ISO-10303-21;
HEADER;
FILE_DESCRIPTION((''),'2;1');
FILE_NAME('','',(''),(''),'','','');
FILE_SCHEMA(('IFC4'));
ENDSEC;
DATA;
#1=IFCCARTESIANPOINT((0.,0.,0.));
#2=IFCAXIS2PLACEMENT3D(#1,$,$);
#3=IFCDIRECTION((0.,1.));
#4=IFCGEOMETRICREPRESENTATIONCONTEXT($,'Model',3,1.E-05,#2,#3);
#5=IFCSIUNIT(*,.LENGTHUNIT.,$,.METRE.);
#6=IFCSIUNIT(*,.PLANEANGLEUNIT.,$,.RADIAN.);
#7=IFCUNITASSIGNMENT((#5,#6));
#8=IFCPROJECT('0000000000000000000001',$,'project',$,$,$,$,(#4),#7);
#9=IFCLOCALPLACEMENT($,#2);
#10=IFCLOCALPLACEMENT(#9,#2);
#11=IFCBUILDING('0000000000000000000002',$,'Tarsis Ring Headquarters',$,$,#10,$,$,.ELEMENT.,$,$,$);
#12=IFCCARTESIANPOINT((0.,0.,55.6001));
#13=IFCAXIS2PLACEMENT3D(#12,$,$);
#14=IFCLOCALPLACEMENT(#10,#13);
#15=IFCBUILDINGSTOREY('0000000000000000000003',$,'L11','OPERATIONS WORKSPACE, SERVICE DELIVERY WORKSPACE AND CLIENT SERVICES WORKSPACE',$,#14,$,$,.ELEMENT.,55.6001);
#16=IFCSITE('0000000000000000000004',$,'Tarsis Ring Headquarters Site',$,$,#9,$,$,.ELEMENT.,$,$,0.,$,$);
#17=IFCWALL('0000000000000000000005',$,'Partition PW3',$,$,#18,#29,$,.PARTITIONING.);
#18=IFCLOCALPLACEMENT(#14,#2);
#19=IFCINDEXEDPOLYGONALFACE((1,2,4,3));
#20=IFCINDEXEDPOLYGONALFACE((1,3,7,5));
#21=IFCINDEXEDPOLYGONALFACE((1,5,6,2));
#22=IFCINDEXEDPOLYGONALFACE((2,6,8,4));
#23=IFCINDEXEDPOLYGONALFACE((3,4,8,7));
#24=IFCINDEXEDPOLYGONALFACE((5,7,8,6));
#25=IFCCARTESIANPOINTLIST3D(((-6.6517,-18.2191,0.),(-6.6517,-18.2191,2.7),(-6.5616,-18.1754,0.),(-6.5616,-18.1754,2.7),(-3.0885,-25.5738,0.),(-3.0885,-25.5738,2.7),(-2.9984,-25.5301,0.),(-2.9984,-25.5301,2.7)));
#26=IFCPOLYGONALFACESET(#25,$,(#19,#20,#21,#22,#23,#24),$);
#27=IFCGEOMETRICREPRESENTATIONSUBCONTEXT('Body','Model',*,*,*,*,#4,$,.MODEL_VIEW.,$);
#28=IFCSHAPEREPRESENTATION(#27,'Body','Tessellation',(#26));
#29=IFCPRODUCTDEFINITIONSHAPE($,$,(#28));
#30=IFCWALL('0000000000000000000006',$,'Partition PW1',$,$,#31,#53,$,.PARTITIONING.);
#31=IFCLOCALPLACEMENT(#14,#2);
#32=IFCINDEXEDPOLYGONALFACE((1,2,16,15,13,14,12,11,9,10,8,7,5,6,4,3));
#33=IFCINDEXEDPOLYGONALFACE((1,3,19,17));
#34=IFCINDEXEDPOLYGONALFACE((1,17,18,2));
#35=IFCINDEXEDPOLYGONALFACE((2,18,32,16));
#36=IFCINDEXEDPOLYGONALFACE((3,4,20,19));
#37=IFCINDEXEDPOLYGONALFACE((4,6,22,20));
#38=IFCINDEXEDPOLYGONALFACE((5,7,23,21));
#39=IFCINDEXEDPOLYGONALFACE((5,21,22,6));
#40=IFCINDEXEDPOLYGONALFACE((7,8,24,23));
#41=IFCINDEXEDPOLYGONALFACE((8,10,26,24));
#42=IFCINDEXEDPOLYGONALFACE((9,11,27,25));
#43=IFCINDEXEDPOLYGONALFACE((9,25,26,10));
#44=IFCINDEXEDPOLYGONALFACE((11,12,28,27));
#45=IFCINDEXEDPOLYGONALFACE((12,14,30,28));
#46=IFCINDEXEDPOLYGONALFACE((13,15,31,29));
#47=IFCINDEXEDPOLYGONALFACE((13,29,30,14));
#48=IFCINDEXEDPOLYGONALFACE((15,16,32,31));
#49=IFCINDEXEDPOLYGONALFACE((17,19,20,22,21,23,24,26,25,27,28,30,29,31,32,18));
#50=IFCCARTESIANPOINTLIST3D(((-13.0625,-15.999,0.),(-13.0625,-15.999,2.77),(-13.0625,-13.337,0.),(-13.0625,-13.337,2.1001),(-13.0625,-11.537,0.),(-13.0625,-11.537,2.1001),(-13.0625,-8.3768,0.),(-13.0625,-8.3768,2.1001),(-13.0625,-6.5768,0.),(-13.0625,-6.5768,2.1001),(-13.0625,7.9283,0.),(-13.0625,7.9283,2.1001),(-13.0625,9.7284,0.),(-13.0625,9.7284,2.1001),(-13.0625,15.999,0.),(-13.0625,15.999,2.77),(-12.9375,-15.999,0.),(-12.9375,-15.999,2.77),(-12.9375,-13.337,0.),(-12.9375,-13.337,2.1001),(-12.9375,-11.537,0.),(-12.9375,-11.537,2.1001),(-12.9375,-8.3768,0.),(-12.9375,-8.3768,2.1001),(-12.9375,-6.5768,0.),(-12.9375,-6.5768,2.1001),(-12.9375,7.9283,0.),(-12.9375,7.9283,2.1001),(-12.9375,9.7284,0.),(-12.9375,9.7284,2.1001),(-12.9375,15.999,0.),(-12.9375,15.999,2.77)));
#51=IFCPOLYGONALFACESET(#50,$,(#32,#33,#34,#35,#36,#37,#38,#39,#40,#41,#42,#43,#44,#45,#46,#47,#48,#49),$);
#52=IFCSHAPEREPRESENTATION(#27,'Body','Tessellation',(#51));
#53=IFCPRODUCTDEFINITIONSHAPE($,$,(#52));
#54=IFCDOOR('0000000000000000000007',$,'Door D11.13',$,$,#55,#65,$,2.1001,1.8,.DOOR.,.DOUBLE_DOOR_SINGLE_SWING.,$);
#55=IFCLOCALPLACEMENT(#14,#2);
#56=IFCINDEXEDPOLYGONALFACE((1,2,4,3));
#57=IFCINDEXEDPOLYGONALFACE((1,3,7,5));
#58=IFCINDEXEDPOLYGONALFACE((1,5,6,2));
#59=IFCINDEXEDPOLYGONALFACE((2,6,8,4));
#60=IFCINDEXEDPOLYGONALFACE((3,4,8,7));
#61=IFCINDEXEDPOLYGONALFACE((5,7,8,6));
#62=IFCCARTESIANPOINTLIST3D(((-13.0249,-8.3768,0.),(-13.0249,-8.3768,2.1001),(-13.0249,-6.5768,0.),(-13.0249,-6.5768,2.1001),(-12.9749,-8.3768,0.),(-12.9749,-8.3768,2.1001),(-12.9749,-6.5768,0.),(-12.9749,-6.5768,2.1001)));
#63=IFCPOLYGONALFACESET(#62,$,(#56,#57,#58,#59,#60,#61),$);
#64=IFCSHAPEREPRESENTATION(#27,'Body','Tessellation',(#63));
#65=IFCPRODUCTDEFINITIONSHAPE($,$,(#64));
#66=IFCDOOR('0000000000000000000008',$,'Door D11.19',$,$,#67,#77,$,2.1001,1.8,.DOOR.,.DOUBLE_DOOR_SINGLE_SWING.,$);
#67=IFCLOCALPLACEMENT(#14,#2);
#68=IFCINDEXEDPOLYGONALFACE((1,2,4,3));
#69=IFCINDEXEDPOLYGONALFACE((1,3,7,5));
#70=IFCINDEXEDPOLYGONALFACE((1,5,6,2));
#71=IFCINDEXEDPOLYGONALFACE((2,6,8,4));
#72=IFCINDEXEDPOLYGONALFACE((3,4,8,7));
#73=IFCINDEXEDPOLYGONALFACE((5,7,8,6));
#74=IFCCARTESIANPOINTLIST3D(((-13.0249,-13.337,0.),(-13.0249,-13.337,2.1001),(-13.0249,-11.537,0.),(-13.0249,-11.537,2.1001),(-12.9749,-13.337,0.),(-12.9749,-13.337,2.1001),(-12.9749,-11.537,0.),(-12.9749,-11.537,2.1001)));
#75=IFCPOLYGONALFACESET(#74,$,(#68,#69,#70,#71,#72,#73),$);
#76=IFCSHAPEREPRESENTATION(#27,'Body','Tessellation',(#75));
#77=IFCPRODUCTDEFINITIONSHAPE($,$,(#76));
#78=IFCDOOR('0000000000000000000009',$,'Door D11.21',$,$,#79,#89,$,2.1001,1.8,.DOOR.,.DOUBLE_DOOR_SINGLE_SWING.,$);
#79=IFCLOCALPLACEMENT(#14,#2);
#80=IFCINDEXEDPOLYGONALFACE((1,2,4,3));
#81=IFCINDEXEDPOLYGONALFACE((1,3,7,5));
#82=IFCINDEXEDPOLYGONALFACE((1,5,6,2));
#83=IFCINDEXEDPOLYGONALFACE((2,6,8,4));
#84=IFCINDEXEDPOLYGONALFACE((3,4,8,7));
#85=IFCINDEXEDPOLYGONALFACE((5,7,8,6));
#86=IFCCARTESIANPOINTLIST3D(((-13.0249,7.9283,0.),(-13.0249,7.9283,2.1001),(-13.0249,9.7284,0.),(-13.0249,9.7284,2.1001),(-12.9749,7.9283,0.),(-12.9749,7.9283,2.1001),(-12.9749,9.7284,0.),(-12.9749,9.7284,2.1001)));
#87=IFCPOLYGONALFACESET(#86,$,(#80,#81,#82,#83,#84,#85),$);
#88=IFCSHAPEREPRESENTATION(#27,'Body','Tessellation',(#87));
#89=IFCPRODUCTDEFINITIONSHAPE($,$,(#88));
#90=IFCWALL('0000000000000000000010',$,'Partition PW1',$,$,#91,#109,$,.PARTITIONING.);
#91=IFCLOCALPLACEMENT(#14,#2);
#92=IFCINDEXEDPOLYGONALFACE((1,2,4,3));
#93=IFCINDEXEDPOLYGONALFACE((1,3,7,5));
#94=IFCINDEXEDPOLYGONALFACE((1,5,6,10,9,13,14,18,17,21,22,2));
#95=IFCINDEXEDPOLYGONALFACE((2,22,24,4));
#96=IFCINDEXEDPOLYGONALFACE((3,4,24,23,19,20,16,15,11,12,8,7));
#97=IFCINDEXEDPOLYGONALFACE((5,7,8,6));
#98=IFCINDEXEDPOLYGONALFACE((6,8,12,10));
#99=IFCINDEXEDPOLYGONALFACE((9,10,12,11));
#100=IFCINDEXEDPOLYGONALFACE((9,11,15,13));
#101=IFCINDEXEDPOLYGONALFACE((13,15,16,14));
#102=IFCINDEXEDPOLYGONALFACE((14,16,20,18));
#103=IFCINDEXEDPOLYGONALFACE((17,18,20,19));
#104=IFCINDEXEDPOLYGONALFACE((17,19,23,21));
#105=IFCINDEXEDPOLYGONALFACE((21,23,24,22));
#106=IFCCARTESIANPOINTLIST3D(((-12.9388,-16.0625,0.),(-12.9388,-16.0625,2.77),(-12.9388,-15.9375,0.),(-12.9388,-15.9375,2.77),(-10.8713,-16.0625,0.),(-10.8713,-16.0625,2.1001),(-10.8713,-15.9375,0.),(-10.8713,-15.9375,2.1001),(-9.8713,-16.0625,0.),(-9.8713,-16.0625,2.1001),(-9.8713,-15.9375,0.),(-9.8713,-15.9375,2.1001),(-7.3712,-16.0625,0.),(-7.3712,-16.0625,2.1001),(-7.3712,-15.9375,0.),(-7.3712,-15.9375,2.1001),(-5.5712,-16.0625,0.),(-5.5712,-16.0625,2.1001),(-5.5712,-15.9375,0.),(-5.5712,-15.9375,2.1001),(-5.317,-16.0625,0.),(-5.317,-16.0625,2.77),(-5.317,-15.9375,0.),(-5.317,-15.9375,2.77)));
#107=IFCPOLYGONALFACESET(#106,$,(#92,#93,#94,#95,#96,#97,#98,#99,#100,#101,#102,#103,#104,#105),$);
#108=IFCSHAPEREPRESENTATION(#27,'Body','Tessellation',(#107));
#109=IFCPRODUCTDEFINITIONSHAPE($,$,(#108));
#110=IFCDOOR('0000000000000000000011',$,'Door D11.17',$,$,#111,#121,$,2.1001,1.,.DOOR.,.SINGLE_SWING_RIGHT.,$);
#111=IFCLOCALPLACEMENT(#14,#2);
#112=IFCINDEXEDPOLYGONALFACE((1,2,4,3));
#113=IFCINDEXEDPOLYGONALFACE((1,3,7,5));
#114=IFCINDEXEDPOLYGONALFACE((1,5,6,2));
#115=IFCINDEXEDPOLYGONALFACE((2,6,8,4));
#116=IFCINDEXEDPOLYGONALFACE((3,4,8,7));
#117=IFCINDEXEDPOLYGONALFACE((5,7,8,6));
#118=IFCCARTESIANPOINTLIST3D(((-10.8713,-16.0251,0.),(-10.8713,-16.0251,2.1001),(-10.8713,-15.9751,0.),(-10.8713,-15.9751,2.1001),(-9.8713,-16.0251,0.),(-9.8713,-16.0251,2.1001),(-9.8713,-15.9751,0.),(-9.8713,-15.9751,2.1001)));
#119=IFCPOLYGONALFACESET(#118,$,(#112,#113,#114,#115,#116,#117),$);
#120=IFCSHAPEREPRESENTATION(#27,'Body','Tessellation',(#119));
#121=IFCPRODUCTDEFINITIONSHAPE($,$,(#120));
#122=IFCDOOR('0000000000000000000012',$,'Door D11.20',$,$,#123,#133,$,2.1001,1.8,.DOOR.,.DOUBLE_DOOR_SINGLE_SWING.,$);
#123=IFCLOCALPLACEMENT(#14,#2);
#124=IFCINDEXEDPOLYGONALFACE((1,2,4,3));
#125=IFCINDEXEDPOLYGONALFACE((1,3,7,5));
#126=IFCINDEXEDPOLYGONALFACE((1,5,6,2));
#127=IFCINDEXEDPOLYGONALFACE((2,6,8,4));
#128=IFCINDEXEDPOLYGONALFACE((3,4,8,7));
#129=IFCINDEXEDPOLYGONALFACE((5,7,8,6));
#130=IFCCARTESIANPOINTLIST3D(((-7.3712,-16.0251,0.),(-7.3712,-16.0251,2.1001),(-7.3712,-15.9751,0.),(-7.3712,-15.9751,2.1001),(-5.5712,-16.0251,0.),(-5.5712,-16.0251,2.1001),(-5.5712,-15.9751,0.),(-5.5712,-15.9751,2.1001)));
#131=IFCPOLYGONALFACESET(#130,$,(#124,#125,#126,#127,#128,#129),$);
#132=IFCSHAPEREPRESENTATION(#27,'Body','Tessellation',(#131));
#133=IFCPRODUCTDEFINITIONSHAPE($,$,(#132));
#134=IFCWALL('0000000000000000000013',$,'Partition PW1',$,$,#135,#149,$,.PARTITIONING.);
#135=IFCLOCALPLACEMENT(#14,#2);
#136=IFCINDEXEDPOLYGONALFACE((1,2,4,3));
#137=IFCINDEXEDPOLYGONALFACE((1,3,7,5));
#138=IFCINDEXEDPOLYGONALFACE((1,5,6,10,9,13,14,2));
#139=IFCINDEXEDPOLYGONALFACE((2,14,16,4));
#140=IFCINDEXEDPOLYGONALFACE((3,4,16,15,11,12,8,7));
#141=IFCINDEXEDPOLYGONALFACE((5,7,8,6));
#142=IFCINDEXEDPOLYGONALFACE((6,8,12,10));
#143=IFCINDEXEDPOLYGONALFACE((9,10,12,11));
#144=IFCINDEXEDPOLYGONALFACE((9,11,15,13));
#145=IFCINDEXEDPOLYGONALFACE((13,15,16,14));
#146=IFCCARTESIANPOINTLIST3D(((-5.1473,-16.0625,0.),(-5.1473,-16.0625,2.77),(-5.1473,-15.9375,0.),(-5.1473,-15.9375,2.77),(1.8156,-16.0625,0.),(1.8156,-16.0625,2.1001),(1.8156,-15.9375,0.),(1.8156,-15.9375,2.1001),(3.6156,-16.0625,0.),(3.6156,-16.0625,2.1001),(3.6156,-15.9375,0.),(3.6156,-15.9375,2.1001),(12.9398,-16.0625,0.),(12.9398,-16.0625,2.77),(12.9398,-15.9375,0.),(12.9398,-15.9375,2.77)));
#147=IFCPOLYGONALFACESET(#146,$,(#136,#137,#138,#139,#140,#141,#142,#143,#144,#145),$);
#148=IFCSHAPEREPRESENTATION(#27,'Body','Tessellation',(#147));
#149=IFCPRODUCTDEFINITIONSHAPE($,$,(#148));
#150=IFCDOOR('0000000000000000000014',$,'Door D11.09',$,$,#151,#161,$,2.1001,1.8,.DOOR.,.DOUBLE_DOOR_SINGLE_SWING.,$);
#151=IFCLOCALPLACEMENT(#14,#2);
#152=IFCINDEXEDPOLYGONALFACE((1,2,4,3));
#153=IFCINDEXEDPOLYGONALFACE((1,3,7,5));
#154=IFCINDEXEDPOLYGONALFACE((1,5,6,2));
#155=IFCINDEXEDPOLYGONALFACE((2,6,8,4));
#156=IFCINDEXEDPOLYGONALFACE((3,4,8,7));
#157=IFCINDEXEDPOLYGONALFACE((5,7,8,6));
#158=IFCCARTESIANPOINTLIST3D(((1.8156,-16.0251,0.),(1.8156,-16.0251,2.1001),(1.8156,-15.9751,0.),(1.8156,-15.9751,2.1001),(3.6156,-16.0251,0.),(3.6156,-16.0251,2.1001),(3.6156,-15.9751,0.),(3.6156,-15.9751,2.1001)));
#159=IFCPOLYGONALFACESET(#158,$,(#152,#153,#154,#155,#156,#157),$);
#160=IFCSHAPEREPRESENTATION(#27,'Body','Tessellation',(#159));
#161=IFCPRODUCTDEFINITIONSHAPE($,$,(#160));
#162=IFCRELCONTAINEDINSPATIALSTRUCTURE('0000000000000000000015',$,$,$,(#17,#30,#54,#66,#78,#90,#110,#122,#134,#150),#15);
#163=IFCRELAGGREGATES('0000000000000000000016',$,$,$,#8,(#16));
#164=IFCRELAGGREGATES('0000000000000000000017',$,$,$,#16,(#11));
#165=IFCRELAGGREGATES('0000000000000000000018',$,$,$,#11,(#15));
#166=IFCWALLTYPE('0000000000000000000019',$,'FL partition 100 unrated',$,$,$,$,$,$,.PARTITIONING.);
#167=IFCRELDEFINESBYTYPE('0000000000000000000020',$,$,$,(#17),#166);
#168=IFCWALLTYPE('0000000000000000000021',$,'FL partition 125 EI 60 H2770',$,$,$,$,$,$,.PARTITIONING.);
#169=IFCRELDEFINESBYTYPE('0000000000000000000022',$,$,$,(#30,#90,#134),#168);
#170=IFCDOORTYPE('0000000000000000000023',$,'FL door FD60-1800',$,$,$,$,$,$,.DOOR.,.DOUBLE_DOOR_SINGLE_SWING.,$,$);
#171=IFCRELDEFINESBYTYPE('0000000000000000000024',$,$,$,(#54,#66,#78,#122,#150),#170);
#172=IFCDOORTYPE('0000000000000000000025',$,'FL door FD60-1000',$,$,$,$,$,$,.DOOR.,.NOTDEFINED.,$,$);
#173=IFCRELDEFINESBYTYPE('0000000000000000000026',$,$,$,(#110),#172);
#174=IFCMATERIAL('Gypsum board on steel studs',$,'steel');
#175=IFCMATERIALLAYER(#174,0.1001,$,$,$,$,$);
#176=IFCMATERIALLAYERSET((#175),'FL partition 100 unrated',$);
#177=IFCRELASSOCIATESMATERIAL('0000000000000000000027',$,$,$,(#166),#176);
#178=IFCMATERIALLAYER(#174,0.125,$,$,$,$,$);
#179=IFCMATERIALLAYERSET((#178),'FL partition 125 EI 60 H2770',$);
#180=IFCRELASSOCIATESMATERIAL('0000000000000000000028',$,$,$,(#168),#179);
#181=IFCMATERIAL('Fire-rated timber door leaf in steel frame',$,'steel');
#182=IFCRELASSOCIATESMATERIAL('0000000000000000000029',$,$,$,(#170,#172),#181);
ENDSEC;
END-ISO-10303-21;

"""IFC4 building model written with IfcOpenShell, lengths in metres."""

from ifc_helpers import new_model, si_unit, direction, frame, frame_2d, origin, place, context, subcontext, project, spatial, rectangle, extrude, material, layer, layer_set, type_object, element, fill, save


model = new_model("IFC4")

# Units and contexts
model_context = context("Model", 3, precision=1e-05, world=origin(), true_north=direction((0.0, 1.0)))
body_context = subcontext(model_context, "Body", "Model", "MODEL_VIEW")
ifc_project = project(units=[si_unit("LENGTHUNIT", "METRE"), si_unit("PLANEANGLEUNIT", "RADIAN")], contexts=[model_context])

# Site, building, storey
site_placement = place(None, origin())
site = spatial("IfcSite", under=ifc_project, at=site_placement, Name="Tarsis Ring Headquarters Site", CompositionType="ELEMENT", RefElevation=0.0)
building_placement = place(site_placement, origin())
building = spatial("IfcBuilding", under=site, at=building_placement, Name="Tarsis Ring Headquarters", CompositionType="ELEMENT")
storey_placement = place(building_placement, frame((0.0, 0.0, 55.6001)))
storey = spatial("IfcBuildingStorey", under=building, at=storey_placement, Name="L11", Description="OPERATIONS WORKSPACE, SERVICE DELIVERY WORKSPACE AND CLIENT SERVICES WORKSPACE", CompositionType="ELEMENT", Elevation=55.6001)

# Wall
ifc_material_1 = material(Name="Gypsum board on steel studs", Category="steel")
ifc_layer_1 = layer(ifc_material_1, 0.1001)
ifc_layer_set_1 = layer_set([ifc_layer_1], Name="FL partition 100 unrated")
wall_type_1 = type_object("IfcWallType", Name="FL partition 100 unrated", PredefinedType="PARTITIONING", material=ifc_layer_set_1)
wall_1_placement = place(storey_placement, frame((-6.6067, -18.1973, 0.0), z_axis=(0.0, 0.0, 1.0), x_axis=(0.436006, -0.899944, 0.0)))
element("IfcWall", 1, at=wall_1_placement, inside=storey, type_object=wall_type_1, Name="Partition PW3", PredefinedType="PARTITIONING", context=body_context, shape_type="SweptSolid", body=[
    extrude(rectangle(XDim=8.1724, YDim=0.1001, at=frame_2d((4.0862, 0.0))), origin(), (0.0, 0.0, 1.0), 2.7),
])

# Walls, openings, doors
ifc_layer_2 = layer(ifc_material_1, 0.125)
ifc_layer_set_2 = layer_set([ifc_layer_2], Name="FL partition 125 EI 60 H2770")
wall_type_2 = type_object("IfcWallType", Name="FL partition 125 EI 60 H2770", PredefinedType="PARTITIONING", material=ifc_layer_set_2)
wall_2_placement = place(storey_placement, frame((-13.0, -15.999, 0.0), z_axis=(0.0, 0.0, 1.0), x_axis=(0.0, 1.0, 0.0)))
wall_2 = element("IfcWall", 2, at=wall_2_placement, inside=storey, type_object=wall_type_2, Name="Partition PW1", PredefinedType="PARTITIONING", context=body_context, shape_type="SweptSolid", body=[
    extrude(rectangle(XDim=31.998, YDim=0.125, at=frame_2d((15.999, 0.0))), origin(), (0.0, 0.0, 1.0), 2.77),
])
opening_1_placement = place(wall_2_placement, frame((7.6223, 0.0, 0.0)))
opening_1 = element("IfcOpeningElement", 3, at=opening_1_placement, cuts=wall_2, PredefinedType="OPENING", context=body_context, shape_type="SweptSolid", body=[
    extrude(rectangle(XDim=1.8, YDim=2.1001, at=frame_2d((0.8999, 1.05))), frame((0.0, 0.0725, 0.0), z_axis=(0.0, -1.0, 0.0), x_axis=(1.0, 0.0, 0.0)), (0.0, 0.0, 1.0), 0.145),
])
opening_2_placement = place(wall_2_placement, frame((2.6621, 0.0, 0.0)))
opening_2 = element("IfcOpeningElement", 4, at=opening_2_placement, cuts=wall_2, PredefinedType="OPENING", context=body_context, shape_type="SweptSolid", body=[
    extrude(rectangle(XDim=1.8, YDim=2.1001, at=frame_2d((0.8999, 1.05))), frame((0.0, 0.0725, 0.0), z_axis=(0.0, -1.0, 0.0), x_axis=(1.0, 0.0, 0.0)), (0.0, 0.0, 1.0), 0.145),
])
opening_3_placement = place(wall_2_placement, frame((23.9275, 0.0, 0.0)))
opening_3 = element("IfcOpeningElement", 5, at=opening_3_placement, cuts=wall_2, PredefinedType="OPENING", context=body_context, shape_type="SweptSolid", body=[
    extrude(rectangle(XDim=1.8, YDim=2.1001, at=frame_2d((0.8999, 1.05))), frame((0.0, 0.0725, 0.0), z_axis=(0.0, -1.0, 0.0), x_axis=(1.0, 0.0, 0.0)), (0.0, 0.0, 1.0), 0.145),
])
ifc_material_2 = material(Name="Fire-rated timber door leaf in steel frame", Category="steel")
door_type_1 = type_object("IfcDoorType", Name="FL door FD60-1800", OperationType="DOUBLE_DOOR_SINGLE_SWING", PredefinedType="DOOR", material=ifc_material_2)
door_1_placement = place(opening_1_placement, origin())
door_1 = element("IfcDoor", 6, at=door_1_placement, inside=storey, type_object=door_type_1, Name="Door D11.13", OperationType="DOUBLE_DOOR_SINGLE_SWING", OverallHeight=2.1001, OverallWidth=1.8, PredefinedType="DOOR", context=body_context, shape_type="SweptSolid", body=[
    extrude(rectangle(XDim=1.8, YDim=2.1001, at=frame_2d((0.8999, 1.05))), frame((0.0, 0.0249, 0.0), z_axis=(0.0, -1.0, 0.0), x_axis=(1.0, 0.0, 0.0)), (0.0, 0.0, 1.0), 0.05),
])
fill(opening_1, door_1)
door_2_placement = place(opening_2_placement, origin())
door_2 = element("IfcDoor", 7, at=door_2_placement, inside=storey, type_object=door_type_1, Name="Door D11.19", OperationType="DOUBLE_DOOR_SINGLE_SWING", OverallHeight=2.1001, OverallWidth=1.8, PredefinedType="DOOR", context=body_context, shape_type="SweptSolid", body=[
    extrude(rectangle(XDim=1.8, YDim=2.1001, at=frame_2d((0.8999, 1.05))), frame((0.0, 0.0249, 0.0), z_axis=(0.0, -1.0, 0.0), x_axis=(1.0, 0.0, 0.0)), (0.0, 0.0, 1.0), 0.05),
])
fill(opening_2, door_2)
door_3_placement = place(opening_3_placement, origin())
door_3 = element("IfcDoor", 8, at=door_3_placement, inside=storey, type_object=door_type_1, Name="Door D11.21", OperationType="DOUBLE_DOOR_SINGLE_SWING", OverallHeight=2.1001, OverallWidth=1.8, PredefinedType="DOOR", context=body_context, shape_type="SweptSolid", body=[
    extrude(rectangle(XDim=1.8, YDim=2.1001, at=frame_2d((0.8999, 1.05))), frame((0.0, 0.0249, 0.0), z_axis=(0.0, -1.0, 0.0), x_axis=(1.0, 0.0, 0.0)), (0.0, 0.0, 1.0), 0.05),
])
fill(opening_3, door_3)
wall_3_placement = place(storey_placement, frame((-12.939, -16.0, 0.0), z_axis=(0.0, 0.0, 1.0), x_axis=(1.0, 0.0, 0.0)))
wall_3 = element("IfcWall", 9, at=wall_3_placement, inside=storey, type_object=wall_type_2, Name="Partition PW1", PredefinedType="PARTITIONING", context=body_context, shape_type="SweptSolid", body=[
    extrude(rectangle(XDim=7.6218, YDim=0.125, at=frame_2d((3.811, 0.0))), origin(), (0.0, 0.0, 1.0), 2.77),
])
opening_4_placement = place(wall_3_placement, frame((2.0676, 0.0, 0.0)))
opening_4 = element("IfcOpeningElement", 10, at=opening_4_placement, cuts=wall_3, PredefinedType="OPENING", context=body_context, shape_type="SweptSolid", body=[
    extrude(rectangle(XDim=1.0, YDim=2.1001, at=frame_2d((0.5, 1.05))), frame((0.0, 0.0725, 0.0), z_axis=(0.0, -1.0, 0.0), x_axis=(1.0, 0.0, 0.0)), (0.0, 0.0, 1.0), 0.145),
])
opening_5_placement = place(wall_3_placement, frame((5.5679, 0.0, 0.0)))
opening_5 = element("IfcOpeningElement", 11, at=opening_5_placement, cuts=wall_3, PredefinedType="OPENING", context=body_context, shape_type="SweptSolid", body=[
    extrude(rectangle(XDim=1.8, YDim=2.1001, at=frame_2d((0.8999, 1.05))), frame((0.0, 0.0725, 0.0), z_axis=(0.0, -1.0, 0.0), x_axis=(1.0, 0.0, 0.0)), (0.0, 0.0, 1.0), 0.145),
])
door_type_2 = type_object("IfcDoorType", Name="FL door FD60-1000", OperationType="NOTDEFINED", PredefinedType="DOOR", material=ifc_material_2)
door_4_placement = place(opening_4_placement, origin())
door_4 = element("IfcDoor", 12, at=door_4_placement, inside=storey, type_object=door_type_2, Name="Door D11.17", OperationType="SINGLE_SWING_RIGHT", OverallHeight=2.1001, OverallWidth=1.0, PredefinedType="DOOR", context=body_context, shape_type="SweptSolid", body=[
    extrude(rectangle(XDim=1.0, YDim=2.1001, at=frame_2d((0.5, 1.05))), frame((0.0, 0.0249, 0.0), z_axis=(0.0, -1.0, 0.0), x_axis=(1.0, 0.0, 0.0)), (0.0, 0.0, 1.0), 0.05),
])
fill(opening_4, door_4)
door_5_placement = place(opening_5_placement, origin())
door_5 = element("IfcDoor", 13, at=door_5_placement, inside=storey, type_object=door_type_1, Name="Door D11.20", OperationType="DOUBLE_DOOR_SINGLE_SWING", OverallHeight=2.1001, OverallWidth=1.8, PredefinedType="DOOR", context=body_context, shape_type="SweptSolid", body=[
    extrude(rectangle(XDim=1.8, YDim=2.1001, at=frame_2d((0.8999, 1.05))), frame((0.0, 0.0249, 0.0), z_axis=(0.0, -1.0, 0.0), x_axis=(1.0, 0.0, 0.0)), (0.0, 0.0, 1.0), 0.05),
])
fill(opening_5, door_5)

# Wall, opening, door
wall_4_placement = place(storey_placement, frame((-5.1472, -16.0, 0.0), z_axis=(0.0, 0.0, 1.0), x_axis=(1.0, 0.0, 0.0)))
wall_4 = element("IfcWall", 14, at=wall_4_placement, inside=storey, type_object=wall_type_2, Name="Partition PW1", PredefinedType="PARTITIONING", context=body_context, shape_type="SweptSolid", body=[
    extrude(rectangle(XDim=18.0872, YDim=0.125, at=frame_2d((9.0435, 0.0))), origin(), (0.0, 0.0, 1.0), 2.77),
])
opening_6_placement = place(wall_4_placement, frame((6.9629, 0.0, 0.0)))
opening_6 = element("IfcOpeningElement", 15, at=opening_6_placement, cuts=wall_4, PredefinedType="OPENING", context=body_context, shape_type="SweptSolid", body=[
    extrude(rectangle(XDim=1.8, YDim=2.1001, at=frame_2d((0.8999, 1.05))), frame((0.0, 0.0725, 0.0), z_axis=(0.0, -1.0, 0.0), x_axis=(1.0, 0.0, 0.0)), (0.0, 0.0, 1.0), 0.145),
])
door_6_placement = place(opening_6_placement, origin())
door_6 = element("IfcDoor", 16, at=door_6_placement, inside=storey, type_object=door_type_1, Name="Door D11.09", OperationType="DOUBLE_DOOR_SINGLE_SWING", OverallHeight=2.1001, OverallWidth=1.8, PredefinedType="DOOR", context=body_context, shape_type="SweptSolid", body=[
    extrude(rectangle(XDim=1.8, YDim=2.1001, at=frame_2d((0.8999, 1.05))), frame((0.0, 0.0249, 0.0), z_axis=(0.0, -1.0, 0.0), x_axis=(1.0, 0.0, 0.0)), (0.0, 0.0, 1.0), 0.05),
])
fill(opening_6, door_6)

save(model, "model.ifc")
